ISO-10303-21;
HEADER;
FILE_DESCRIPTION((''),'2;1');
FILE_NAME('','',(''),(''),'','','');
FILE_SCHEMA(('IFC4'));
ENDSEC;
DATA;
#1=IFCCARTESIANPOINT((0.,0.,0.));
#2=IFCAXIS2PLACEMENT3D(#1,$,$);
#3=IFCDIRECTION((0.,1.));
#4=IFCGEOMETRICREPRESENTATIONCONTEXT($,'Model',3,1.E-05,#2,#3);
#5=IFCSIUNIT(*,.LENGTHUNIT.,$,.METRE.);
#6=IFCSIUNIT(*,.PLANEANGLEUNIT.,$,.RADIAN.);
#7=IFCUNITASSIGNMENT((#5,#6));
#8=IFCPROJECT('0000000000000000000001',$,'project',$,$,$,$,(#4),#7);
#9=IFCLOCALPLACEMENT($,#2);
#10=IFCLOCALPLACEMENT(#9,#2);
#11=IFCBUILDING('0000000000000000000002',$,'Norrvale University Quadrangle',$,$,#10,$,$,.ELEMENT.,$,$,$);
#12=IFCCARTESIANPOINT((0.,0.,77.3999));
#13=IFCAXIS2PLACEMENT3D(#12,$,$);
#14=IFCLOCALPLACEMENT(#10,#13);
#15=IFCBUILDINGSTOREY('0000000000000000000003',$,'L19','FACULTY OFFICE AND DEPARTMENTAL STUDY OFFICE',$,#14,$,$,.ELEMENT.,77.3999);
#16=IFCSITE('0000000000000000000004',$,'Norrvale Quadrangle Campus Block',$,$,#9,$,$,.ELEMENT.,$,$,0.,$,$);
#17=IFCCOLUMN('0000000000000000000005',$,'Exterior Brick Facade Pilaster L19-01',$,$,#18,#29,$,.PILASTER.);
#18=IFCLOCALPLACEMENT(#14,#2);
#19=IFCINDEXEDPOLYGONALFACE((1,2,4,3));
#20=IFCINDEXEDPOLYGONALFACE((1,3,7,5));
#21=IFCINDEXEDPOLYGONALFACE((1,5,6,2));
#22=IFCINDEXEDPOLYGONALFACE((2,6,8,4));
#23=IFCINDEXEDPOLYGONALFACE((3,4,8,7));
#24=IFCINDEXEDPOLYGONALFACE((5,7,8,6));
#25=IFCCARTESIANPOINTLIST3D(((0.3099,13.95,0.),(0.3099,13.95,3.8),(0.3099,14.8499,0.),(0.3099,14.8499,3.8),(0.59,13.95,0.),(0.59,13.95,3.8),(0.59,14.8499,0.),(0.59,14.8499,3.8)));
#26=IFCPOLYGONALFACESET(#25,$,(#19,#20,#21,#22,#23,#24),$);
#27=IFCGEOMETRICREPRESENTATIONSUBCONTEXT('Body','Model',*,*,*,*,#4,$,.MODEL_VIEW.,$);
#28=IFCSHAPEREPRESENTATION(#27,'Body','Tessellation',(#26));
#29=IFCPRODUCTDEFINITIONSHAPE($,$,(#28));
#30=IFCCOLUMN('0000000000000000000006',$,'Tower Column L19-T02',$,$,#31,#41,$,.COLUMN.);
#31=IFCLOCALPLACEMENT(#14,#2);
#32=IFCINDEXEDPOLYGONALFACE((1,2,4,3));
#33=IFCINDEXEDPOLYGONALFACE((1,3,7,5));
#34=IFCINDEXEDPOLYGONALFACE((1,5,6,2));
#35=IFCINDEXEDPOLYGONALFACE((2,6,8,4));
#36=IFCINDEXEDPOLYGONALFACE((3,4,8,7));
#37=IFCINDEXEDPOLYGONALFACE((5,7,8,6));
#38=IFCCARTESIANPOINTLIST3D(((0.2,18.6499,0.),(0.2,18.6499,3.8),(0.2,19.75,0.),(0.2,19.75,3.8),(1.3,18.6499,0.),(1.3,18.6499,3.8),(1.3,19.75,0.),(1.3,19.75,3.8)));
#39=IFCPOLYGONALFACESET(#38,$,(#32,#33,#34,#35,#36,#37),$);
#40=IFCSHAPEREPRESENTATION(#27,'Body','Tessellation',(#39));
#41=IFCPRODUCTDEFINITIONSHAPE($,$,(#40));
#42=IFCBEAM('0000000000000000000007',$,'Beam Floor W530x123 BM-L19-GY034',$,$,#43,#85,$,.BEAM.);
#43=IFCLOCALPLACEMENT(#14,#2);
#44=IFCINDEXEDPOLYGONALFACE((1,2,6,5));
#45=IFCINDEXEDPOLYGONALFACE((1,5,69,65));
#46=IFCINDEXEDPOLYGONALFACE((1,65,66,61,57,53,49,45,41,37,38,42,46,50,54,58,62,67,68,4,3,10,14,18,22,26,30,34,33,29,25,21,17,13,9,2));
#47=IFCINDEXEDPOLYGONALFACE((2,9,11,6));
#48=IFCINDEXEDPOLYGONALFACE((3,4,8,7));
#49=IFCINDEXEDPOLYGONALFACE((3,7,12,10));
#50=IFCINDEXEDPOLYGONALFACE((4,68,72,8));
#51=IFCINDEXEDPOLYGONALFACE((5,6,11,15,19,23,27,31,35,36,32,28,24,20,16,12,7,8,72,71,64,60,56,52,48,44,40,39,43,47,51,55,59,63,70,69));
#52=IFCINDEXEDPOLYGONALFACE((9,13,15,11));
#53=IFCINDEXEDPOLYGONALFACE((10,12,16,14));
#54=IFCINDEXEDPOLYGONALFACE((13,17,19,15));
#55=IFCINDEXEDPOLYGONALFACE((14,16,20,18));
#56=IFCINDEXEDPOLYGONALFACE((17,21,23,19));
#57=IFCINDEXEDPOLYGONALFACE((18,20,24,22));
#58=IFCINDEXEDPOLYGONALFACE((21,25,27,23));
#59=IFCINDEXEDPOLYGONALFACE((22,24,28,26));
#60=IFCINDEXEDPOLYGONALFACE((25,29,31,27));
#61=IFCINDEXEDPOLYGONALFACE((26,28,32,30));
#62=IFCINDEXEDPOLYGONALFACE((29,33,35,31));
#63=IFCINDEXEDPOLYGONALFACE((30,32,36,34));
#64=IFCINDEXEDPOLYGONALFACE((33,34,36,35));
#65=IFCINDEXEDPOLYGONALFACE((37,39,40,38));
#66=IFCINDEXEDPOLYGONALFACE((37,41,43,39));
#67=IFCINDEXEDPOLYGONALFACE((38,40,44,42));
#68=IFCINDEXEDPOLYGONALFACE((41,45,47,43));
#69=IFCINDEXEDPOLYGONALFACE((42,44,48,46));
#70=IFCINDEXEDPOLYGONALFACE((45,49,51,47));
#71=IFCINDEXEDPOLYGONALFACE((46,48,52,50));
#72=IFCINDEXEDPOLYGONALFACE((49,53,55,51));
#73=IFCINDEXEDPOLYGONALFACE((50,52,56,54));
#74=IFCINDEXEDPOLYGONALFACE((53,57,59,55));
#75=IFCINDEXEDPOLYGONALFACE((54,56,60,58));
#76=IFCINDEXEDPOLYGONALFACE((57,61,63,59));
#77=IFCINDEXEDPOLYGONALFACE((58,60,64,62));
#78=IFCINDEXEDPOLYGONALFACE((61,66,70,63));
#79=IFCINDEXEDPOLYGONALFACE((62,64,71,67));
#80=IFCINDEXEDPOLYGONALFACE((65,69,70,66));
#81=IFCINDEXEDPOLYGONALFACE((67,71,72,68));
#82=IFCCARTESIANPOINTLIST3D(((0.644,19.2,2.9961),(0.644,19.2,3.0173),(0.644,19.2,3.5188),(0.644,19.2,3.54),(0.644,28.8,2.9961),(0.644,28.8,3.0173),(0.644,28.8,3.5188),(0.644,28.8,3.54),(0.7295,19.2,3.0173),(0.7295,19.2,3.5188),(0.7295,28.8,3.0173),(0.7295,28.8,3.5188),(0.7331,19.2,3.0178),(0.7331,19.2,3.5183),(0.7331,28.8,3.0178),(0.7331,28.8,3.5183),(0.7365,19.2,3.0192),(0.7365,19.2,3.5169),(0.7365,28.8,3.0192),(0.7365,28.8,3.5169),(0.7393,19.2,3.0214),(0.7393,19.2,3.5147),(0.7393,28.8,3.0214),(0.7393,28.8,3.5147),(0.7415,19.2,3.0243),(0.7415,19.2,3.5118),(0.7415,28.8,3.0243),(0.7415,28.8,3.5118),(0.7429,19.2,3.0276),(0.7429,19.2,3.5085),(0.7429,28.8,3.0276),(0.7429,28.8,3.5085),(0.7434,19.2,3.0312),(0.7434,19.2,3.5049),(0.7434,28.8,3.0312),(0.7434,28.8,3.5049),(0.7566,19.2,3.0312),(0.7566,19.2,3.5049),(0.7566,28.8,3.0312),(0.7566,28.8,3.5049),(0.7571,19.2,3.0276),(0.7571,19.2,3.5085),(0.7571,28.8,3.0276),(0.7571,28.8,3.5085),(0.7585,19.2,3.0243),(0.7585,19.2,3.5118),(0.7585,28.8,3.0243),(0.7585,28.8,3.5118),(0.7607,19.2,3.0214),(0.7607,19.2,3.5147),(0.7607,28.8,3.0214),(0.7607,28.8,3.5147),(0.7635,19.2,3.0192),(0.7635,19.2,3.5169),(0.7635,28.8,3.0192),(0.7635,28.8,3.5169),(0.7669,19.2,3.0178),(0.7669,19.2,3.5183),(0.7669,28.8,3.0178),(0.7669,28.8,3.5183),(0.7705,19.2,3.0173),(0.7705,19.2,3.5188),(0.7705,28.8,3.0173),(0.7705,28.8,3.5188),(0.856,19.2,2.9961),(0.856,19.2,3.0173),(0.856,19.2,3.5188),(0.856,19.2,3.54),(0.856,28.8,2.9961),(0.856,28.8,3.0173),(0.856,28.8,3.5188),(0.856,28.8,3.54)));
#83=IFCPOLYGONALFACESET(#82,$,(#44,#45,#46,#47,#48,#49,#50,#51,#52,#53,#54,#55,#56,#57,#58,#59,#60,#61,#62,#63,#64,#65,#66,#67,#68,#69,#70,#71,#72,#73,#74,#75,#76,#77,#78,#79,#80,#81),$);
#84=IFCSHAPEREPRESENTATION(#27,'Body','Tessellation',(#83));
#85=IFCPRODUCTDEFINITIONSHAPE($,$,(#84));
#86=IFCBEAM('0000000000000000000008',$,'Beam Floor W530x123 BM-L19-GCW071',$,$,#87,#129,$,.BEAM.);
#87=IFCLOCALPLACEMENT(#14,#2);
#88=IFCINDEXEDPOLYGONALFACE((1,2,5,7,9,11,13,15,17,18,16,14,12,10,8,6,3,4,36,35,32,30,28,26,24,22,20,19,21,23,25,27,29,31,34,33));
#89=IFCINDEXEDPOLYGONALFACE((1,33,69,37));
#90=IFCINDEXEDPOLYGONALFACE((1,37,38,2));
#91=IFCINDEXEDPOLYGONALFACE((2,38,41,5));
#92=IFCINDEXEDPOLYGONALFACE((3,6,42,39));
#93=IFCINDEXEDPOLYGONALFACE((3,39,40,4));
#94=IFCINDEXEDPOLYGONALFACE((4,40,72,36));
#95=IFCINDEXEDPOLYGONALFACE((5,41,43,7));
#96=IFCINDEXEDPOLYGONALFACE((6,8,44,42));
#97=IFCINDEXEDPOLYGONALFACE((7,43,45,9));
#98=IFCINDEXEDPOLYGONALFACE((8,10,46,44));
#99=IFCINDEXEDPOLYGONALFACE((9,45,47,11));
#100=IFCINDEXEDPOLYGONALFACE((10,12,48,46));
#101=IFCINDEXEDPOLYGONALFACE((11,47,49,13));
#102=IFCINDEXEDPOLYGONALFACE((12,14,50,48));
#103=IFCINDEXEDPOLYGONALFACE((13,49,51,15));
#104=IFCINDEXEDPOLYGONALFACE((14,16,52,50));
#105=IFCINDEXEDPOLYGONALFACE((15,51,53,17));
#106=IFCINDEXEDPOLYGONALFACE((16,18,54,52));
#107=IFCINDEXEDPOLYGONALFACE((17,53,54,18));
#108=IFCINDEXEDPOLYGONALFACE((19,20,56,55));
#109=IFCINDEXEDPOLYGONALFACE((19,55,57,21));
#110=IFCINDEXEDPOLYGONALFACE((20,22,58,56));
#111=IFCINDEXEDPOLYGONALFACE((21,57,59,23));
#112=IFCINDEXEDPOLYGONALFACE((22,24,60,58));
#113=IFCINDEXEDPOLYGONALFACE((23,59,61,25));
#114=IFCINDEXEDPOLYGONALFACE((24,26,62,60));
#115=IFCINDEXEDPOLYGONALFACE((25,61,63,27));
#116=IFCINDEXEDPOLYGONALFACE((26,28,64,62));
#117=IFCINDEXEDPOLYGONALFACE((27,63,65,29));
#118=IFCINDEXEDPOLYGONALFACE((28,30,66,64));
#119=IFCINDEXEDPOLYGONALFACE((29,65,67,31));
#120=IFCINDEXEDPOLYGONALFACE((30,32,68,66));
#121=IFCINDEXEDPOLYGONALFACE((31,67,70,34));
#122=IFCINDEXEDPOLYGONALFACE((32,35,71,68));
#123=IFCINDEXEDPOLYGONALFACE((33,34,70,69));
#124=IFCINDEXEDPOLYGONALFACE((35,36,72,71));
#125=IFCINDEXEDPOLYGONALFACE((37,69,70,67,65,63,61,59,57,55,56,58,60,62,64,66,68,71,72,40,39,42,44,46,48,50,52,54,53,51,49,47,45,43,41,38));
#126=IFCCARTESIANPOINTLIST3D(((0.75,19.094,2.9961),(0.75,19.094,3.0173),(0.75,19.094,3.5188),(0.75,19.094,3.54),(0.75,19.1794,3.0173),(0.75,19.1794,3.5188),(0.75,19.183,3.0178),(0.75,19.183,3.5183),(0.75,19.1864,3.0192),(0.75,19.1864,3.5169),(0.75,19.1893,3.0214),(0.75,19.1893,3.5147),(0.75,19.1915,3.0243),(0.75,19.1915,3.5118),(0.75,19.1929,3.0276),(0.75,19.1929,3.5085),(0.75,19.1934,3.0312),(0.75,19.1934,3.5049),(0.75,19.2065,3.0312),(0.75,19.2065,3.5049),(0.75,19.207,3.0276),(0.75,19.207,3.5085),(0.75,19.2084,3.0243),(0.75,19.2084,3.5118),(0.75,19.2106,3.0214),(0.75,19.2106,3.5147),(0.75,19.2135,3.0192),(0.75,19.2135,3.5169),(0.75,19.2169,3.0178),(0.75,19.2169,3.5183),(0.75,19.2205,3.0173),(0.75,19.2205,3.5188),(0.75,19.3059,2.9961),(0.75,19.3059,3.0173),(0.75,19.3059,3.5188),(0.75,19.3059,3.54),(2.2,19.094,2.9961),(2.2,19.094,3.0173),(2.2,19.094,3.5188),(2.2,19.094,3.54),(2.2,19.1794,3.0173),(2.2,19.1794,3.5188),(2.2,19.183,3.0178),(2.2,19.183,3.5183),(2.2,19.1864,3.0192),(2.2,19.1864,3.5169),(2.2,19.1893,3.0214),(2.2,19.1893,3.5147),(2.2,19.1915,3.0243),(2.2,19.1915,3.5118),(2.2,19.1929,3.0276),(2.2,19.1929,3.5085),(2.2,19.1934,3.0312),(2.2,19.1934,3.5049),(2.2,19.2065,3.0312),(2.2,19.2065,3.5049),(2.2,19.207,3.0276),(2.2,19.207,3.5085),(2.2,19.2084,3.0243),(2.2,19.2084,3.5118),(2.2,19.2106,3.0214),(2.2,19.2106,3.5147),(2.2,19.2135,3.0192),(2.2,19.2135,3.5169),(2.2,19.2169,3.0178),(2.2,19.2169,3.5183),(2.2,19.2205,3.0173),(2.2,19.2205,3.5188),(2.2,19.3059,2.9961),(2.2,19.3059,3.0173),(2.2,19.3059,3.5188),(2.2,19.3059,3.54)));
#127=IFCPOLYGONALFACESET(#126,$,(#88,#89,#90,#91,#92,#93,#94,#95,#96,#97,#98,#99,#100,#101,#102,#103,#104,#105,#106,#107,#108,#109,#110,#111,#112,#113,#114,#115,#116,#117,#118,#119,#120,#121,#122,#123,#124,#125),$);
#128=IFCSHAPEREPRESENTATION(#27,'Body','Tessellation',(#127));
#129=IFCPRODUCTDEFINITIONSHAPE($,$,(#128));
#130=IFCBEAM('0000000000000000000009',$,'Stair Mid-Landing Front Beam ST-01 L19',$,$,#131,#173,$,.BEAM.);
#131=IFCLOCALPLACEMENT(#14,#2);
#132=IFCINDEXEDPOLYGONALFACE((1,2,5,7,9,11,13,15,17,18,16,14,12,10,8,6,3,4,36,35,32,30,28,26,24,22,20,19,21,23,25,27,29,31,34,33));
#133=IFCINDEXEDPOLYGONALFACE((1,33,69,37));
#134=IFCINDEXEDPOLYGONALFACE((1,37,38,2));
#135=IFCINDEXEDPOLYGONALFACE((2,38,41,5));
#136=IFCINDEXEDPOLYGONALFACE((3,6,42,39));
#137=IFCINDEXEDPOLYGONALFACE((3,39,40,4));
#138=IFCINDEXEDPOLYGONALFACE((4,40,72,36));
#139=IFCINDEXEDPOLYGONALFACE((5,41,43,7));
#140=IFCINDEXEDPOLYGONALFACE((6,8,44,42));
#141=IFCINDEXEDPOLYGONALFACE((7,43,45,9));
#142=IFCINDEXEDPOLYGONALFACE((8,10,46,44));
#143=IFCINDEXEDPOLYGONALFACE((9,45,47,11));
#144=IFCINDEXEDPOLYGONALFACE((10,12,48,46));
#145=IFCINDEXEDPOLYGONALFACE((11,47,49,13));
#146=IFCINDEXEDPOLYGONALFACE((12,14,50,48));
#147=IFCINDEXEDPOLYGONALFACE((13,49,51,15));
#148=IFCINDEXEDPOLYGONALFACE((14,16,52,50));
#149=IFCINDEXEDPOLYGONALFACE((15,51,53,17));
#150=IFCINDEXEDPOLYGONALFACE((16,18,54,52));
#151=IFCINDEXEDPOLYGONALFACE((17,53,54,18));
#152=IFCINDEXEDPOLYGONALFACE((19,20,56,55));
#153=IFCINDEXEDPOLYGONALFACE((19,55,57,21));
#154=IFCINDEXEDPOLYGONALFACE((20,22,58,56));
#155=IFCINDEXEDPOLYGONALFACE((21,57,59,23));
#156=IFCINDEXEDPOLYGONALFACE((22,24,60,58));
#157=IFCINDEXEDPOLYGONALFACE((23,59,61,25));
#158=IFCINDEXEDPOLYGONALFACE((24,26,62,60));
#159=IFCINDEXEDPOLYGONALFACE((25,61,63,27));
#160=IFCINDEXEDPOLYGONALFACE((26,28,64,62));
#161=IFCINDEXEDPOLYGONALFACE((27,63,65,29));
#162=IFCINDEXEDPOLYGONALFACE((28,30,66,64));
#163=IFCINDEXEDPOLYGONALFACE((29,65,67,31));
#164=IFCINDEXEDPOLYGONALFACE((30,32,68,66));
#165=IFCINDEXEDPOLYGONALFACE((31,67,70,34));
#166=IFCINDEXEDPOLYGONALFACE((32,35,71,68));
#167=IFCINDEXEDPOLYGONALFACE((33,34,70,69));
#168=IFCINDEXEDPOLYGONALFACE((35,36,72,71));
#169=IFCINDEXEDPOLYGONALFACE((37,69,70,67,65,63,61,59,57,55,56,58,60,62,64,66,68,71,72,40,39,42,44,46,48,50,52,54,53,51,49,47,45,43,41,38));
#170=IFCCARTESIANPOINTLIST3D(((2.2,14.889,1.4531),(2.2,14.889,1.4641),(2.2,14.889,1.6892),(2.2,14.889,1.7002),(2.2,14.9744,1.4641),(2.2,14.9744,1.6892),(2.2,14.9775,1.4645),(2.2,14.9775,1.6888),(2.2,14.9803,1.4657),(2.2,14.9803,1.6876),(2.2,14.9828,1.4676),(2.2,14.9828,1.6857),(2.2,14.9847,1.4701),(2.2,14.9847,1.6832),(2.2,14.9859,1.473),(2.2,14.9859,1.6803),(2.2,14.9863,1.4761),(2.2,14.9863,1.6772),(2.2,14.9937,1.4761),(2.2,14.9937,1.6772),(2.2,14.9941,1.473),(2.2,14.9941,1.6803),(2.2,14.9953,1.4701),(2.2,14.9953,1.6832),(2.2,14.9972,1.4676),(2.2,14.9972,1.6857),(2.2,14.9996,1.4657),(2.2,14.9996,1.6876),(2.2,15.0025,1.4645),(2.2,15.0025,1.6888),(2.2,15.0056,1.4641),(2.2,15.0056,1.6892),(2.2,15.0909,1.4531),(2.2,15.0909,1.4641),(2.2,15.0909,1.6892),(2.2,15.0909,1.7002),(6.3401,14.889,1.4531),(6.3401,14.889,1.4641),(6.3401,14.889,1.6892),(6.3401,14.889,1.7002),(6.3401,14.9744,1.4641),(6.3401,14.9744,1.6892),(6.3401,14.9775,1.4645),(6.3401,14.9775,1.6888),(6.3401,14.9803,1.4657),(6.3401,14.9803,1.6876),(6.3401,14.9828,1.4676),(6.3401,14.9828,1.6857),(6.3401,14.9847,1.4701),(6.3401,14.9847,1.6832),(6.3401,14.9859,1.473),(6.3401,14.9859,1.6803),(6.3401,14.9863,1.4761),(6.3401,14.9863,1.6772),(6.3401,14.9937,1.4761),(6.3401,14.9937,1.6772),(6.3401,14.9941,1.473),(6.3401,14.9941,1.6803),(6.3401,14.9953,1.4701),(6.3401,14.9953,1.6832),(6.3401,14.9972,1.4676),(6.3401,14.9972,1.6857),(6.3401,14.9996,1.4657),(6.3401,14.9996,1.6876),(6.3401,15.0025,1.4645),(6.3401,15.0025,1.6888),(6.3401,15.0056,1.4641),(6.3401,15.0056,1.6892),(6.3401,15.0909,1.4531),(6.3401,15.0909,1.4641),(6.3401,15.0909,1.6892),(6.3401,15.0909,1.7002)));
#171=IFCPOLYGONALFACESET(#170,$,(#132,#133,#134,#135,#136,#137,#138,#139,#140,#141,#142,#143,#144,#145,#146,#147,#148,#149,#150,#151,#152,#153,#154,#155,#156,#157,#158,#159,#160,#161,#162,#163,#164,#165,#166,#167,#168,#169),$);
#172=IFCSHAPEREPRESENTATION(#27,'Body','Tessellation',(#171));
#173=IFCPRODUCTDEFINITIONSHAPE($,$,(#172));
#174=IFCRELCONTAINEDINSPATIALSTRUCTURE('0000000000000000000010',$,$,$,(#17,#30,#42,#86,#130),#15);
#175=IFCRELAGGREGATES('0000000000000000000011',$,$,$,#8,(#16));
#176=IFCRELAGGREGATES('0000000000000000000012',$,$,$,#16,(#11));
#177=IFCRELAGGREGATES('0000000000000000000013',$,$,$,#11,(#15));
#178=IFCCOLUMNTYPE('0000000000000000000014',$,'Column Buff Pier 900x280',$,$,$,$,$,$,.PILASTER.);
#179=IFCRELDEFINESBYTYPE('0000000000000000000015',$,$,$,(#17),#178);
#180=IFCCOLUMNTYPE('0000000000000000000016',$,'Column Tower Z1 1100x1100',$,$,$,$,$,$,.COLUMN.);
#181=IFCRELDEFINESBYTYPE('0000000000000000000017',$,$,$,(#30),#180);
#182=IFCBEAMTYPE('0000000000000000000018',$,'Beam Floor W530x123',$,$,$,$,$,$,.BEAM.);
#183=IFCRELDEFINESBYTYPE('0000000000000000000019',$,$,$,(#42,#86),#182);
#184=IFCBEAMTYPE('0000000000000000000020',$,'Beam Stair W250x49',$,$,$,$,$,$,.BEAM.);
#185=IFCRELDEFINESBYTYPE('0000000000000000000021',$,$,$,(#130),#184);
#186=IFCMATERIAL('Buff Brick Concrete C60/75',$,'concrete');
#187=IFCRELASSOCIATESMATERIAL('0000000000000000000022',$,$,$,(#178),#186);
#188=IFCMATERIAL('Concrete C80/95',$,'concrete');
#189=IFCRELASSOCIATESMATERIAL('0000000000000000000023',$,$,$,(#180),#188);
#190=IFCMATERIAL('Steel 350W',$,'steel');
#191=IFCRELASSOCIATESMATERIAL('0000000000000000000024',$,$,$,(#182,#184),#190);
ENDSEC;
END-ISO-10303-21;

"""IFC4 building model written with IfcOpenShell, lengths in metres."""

from ifc_helpers import new_model, si_unit, direction, frame, origin, origin_2d, place, context, subcontext, project, spatial, rectangle, i_section, extrude, material, material_profile, profile_set, type_object, element, save


model = new_model("IFC4")

# Units and contexts
model_context = context("Model", 3, precision=1e-05, world=origin(), true_north=direction((0.0, 1.0)))
body_context = subcontext(model_context, "Body", "Model", "MODEL_VIEW")
ifc_project = project(units=[si_unit("LENGTHUNIT", "METRE"), si_unit("PLANEANGLEUNIT", "RADIAN")], contexts=[model_context])

# Site, building, storey
site_placement = place(None, origin())
site = spatial("IfcSite", under=ifc_project, at=site_placement, Name="Norrvale Quadrangle Campus Block", CompositionType="ELEMENT", RefElevation=0.0)
building_placement = place(site_placement, origin())
building = spatial("IfcBuilding", under=site, at=building_placement, Name="Norrvale University Quadrangle", CompositionType="ELEMENT")
storey_placement = place(building_placement, frame((0.0, 0.0, 77.3999)))
storey = spatial("IfcBuildingStorey", under=building, at=storey_placement, Name="L19", Description="FACULTY OFFICE AND DEPARTMENTAL STUDY OFFICE", CompositionType="ELEMENT", Elevation=77.3999)

# Columns
ifc_material_1 = material(Name="Buff Brick Concrete C60/75", Category="concrete")
ifc_material_profile_1 = material_profile(ifc_material_1, rectangle(XDim=0.8999, YDim=0.28, at=origin_2d()), Name="Buff Brick Concrete C60/75")
ifc_profile_set_1 = profile_set([ifc_material_profile_1], Name="Buff Brick Concrete C60/75")
column_type_1 = type_object("IfcColumnType", Name="Column Buff Pier 900x280", PredefinedType="PILASTER", material=ifc_profile_set_1)
column_1_placement = place(storey_placement, frame((0.45, 14.3999, 0.0), z_axis=(0.0, 0.0, 1.0), x_axis=(0.0, 1.0, 0.0)))
element("IfcColumn", 1, at=column_1_placement, inside=storey, type_object=column_type_1, Name="Exterior Brick Facade Pilaster L19-01", PredefinedType="PILASTER", context=body_context, shape_type="SweptSolid", body=[
    extrude(rectangle(XDim=0.8999, YDim=0.28, at=origin_2d()), origin(), (0.0, 0.0, 1.0), 3.8),
])
ifc_material_2 = material(Name="Concrete C80/95", Category="concrete")
ifc_material_profile_2 = material_profile(ifc_material_2, rectangle(XDim=1.1001, YDim=1.1001, at=origin_2d()), Name="Concrete C80/95")
ifc_profile_set_2 = profile_set([ifc_material_profile_2], Name="Concrete C80/95")
column_type_2 = type_object("IfcColumnType", Name="Column Tower Z1 1100x1100", PredefinedType="COLUMN", material=ifc_profile_set_2)
column_2_placement = place(storey_placement, frame((0.75, 19.2, 0.0), z_axis=(0.0, 0.0, 1.0), x_axis=(1.0, 0.0, 0.0)))
element("IfcColumn", 2, at=column_2_placement, inside=storey, type_object=column_type_2, Name="Tower Column L19-T02", PredefinedType="COLUMN", context=body_context, shape_type="SweptSolid", body=[
    extrude(rectangle(XDim=1.1001, YDim=1.1001, at=origin_2d()), origin(), (0.0, 0.0, 1.0), 3.8),
])

# Beams
ifc_material_3 = material(Name="Steel 350W", Category="steel")
ifc_material_profile_3 = material_profile(ifc_material_3, i_section(OverallWidth=0.2119, OverallDepth=0.5439, WebThickness=0.0132, FlangeThickness=0.0212, FilletRadius=0.0139, at=origin_2d()), Name="Steel 350W")
ifc_profile_set_3 = profile_set([ifc_material_profile_3], Name="Steel 350W")
beam_type_1 = type_object("IfcBeamType", Name="Beam Floor W530x123", PredefinedType="BEAM", material=ifc_profile_set_3)
beam_1_placement = place(storey_placement, frame((0.75, 19.2, 3.2681), z_axis=(0.0, 1.0, 0.0), x_axis=(-1.0, 0.0, 0.0)))
element("IfcBeam", 3, at=beam_1_placement, inside=storey, type_object=beam_type_1, Name="Beam Floor W530x123 BM-L19-GY034", PredefinedType="BEAM", context=body_context, shape_type="SweptSolid", body=[
    extrude(i_section(OverallWidth=0.2119, OverallDepth=0.5439, WebThickness=0.0132, FlangeThickness=0.0212, FilletRadius=0.0139, at=origin_2d()), origin(), (0.0, 0.0, 1.0), 9.6001),
])
beam_2_placement = place(storey_placement, frame((0.75, 19.2, 3.2681), z_axis=(1.0, 0.0, 0.0), x_axis=(0.0, 1.0, 0.0)))
element("IfcBeam", 4, at=beam_2_placement, inside=storey, type_object=beam_type_1, Name="Beam Floor W530x123 BM-L19-GCW071", PredefinedType="BEAM", context=body_context, shape_type="SweptSolid", body=[
    extrude(i_section(OverallWidth=0.2119, OverallDepth=0.5439, WebThickness=0.0132, FlangeThickness=0.0212, FilletRadius=0.0139, at=origin_2d()), origin(), (0.0, 0.0, 1.0), 1.45),
])
ifc_material_profile_4 = material_profile(ifc_material_3, i_section(OverallWidth=0.2019, OverallDepth=0.2471, WebThickness=0.0073, FlangeThickness=0.011, FilletRadius=0.012, at=origin_2d()), Name="Steel 350W")
ifc_profile_set_4 = profile_set([ifc_material_profile_4], Name="Steel 350W")
beam_type_2 = type_object("IfcBeamType", Name="Beam Stair W250x49", PredefinedType="BEAM", material=ifc_profile_set_4)
for number, where, z_axis, x_axis, name in (
    (5, (2.2, 14.99, 1.5767), (1.0, 0.0, 0.0), (0.0, 1.0, 0.0), "Stair Mid-Landing Front Beam ST-01 L19"),
):
    element("IfcBeam", number, at=place(storey_placement, frame(where, z_axis=z_axis, x_axis=x_axis)), inside=storey, type_object=beam_type_2, Name=name, PredefinedType="BEAM", context=body_context, shape_type="SweptSolid", body=[
        extrude(i_section(OverallWidth=0.2019, OverallDepth=0.2471, WebThickness=0.0073, FlangeThickness=0.011, FilletRadius=0.012, at=origin_2d()), origin(), (0.0, 0.0, 1.0), 4.1401),
    ])

save(model, "model.ifc")
